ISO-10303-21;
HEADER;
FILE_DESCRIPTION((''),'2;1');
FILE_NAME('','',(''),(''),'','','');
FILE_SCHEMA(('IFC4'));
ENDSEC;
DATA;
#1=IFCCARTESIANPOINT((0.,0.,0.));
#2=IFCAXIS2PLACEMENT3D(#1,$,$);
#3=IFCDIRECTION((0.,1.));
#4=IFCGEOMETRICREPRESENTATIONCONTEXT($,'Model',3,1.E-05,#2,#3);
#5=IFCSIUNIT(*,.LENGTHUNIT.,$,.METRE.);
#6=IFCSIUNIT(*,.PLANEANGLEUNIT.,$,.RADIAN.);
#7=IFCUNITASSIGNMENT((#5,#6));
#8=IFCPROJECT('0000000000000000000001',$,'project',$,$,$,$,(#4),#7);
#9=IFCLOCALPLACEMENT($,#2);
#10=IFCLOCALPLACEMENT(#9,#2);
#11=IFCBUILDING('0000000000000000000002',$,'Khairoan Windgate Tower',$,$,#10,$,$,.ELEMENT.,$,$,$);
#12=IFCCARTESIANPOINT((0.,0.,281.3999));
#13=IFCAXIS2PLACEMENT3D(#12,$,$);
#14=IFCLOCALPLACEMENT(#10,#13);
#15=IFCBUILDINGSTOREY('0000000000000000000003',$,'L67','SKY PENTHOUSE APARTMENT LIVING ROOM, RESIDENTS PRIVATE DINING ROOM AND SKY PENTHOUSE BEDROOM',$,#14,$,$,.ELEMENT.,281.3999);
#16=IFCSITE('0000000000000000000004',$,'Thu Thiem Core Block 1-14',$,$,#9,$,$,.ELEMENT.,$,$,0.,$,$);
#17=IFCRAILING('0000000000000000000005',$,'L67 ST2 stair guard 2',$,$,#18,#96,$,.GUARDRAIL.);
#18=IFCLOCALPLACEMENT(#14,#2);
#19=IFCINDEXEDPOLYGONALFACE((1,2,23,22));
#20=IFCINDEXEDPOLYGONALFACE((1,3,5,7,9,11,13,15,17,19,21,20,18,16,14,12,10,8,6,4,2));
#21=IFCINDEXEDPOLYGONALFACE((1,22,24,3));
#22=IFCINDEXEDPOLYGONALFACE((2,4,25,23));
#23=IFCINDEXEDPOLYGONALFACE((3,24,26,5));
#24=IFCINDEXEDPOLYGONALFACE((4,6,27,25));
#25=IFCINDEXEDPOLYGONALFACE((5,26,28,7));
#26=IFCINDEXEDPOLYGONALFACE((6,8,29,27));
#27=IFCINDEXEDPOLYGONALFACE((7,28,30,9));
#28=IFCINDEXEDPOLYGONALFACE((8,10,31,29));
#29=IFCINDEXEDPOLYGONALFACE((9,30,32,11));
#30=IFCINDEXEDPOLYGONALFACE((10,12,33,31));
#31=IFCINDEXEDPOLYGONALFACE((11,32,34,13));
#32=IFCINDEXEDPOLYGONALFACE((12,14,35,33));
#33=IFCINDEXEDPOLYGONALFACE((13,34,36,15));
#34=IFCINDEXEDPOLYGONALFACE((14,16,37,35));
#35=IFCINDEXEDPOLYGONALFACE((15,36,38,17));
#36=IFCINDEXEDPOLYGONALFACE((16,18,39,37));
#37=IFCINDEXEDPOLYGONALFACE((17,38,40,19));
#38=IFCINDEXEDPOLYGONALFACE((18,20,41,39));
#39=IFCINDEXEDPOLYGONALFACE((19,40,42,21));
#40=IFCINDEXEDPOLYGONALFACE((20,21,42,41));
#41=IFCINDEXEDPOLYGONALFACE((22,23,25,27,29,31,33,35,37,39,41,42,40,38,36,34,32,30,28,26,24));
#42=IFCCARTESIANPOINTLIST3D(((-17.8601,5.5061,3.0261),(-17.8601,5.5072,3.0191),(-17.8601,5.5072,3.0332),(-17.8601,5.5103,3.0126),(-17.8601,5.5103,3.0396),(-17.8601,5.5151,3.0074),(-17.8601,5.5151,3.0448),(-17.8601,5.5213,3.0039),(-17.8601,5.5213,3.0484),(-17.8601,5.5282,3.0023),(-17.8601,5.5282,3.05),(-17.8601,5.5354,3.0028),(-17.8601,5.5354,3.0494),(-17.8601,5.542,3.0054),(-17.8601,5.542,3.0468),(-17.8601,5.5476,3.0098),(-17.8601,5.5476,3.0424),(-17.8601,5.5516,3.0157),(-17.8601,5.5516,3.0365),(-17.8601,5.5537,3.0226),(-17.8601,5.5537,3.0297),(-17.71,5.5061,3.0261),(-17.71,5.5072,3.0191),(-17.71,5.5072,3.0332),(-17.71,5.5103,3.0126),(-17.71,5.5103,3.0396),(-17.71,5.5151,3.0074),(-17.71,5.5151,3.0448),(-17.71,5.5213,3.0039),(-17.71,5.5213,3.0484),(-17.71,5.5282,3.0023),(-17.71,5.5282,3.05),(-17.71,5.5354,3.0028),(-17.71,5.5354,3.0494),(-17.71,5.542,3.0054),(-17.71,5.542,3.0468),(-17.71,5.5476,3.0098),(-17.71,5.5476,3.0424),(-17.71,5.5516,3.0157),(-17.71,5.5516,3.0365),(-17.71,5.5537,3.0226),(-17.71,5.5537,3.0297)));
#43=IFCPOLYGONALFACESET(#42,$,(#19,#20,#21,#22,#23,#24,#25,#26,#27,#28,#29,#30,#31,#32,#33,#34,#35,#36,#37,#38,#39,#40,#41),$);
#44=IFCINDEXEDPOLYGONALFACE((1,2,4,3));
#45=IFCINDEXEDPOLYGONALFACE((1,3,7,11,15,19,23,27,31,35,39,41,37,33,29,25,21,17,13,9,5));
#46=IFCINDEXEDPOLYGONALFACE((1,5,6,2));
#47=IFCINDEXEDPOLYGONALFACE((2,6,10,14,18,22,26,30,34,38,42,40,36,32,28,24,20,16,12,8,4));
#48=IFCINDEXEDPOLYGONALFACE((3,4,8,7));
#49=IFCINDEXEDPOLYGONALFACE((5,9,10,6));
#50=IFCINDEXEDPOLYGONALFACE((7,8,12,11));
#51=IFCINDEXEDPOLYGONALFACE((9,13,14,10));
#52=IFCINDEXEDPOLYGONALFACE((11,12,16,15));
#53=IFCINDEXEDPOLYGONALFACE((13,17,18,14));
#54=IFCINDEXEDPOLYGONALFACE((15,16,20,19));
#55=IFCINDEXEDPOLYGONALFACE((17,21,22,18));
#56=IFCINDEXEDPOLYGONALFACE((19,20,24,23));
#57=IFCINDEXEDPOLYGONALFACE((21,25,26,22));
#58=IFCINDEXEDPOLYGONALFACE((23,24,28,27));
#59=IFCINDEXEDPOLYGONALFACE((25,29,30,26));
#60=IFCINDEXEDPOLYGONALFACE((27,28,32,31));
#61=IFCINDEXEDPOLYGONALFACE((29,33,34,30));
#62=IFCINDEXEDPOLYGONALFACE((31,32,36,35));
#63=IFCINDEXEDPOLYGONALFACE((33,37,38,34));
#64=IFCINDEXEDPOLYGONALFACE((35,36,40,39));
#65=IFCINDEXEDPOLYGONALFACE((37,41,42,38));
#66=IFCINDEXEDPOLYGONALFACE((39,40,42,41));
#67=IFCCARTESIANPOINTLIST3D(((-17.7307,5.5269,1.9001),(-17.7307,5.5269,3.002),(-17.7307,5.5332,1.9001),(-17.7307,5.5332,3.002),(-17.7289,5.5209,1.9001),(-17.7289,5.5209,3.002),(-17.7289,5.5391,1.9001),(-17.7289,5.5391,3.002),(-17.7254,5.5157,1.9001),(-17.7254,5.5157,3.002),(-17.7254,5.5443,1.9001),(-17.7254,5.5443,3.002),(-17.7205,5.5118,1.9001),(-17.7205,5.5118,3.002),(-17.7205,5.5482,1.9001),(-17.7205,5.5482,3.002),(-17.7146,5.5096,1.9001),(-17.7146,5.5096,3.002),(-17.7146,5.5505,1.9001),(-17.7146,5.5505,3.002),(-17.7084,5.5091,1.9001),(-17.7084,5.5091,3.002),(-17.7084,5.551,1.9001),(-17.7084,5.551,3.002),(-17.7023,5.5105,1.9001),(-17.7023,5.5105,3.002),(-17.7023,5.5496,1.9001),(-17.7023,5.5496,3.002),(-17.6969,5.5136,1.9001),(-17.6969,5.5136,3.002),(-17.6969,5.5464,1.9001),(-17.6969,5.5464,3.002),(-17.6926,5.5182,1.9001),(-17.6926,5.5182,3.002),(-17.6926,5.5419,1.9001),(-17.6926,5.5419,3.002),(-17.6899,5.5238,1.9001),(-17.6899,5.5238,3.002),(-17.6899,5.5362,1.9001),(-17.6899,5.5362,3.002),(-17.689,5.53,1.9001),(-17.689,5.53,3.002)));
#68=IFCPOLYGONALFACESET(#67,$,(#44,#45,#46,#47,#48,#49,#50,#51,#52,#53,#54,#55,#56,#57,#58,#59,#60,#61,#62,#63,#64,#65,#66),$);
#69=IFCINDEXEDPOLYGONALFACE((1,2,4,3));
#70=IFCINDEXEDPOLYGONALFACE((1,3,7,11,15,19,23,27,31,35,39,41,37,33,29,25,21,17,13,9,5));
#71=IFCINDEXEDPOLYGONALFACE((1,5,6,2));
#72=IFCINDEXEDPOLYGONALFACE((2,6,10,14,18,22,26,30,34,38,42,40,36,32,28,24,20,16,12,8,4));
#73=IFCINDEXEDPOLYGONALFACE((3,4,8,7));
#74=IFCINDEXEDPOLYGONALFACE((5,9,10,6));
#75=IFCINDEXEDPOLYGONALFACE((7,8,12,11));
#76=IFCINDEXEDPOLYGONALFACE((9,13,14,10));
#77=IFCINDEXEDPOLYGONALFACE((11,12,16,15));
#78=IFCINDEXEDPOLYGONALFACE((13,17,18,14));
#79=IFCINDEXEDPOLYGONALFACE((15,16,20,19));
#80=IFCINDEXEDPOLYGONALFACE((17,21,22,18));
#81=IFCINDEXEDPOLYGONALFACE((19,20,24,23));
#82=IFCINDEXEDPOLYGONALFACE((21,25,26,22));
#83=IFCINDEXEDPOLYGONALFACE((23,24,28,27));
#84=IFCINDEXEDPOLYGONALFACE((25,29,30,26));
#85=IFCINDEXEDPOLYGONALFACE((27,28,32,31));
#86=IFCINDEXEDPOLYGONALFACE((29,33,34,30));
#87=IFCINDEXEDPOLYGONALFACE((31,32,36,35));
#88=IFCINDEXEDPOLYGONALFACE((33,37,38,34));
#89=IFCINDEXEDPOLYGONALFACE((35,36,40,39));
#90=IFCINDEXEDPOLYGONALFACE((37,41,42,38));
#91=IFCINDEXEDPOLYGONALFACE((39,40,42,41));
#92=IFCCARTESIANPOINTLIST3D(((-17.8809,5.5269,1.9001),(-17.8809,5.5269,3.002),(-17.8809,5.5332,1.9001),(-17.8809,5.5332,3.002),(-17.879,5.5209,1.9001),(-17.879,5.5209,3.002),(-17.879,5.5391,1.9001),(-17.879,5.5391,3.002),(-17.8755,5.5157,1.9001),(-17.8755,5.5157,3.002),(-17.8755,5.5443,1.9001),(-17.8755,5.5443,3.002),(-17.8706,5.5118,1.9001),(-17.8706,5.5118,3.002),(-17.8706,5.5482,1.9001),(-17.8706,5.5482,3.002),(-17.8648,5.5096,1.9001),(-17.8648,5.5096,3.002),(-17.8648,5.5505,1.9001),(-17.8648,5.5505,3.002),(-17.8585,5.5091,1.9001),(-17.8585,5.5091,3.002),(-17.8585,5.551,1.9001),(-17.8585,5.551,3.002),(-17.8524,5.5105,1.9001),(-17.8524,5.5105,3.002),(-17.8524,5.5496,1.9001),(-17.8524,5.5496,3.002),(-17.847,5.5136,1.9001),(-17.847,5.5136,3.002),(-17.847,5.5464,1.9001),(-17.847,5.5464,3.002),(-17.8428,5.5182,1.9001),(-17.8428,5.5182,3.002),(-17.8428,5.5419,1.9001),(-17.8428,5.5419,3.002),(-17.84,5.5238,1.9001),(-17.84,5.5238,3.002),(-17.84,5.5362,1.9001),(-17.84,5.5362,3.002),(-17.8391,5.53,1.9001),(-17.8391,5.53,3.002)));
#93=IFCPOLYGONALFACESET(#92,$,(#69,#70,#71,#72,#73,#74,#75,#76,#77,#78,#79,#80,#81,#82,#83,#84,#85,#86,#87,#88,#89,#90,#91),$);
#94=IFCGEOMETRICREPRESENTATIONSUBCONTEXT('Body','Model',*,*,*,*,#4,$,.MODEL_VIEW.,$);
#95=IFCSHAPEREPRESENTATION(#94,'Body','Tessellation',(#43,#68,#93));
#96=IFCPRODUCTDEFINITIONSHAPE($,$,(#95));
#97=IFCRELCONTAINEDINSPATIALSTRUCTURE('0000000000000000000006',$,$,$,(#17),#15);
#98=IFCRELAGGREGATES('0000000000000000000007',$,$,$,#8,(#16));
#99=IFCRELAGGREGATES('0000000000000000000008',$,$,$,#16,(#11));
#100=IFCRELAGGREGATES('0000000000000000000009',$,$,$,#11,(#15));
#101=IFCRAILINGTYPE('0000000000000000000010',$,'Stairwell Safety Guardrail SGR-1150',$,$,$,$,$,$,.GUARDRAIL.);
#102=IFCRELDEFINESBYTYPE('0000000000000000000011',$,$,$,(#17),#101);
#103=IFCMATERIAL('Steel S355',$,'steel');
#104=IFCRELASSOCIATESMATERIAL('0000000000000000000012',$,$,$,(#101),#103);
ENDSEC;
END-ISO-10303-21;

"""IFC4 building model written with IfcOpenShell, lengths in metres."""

from ifc_helpers import new_model, si_unit, direction, frame, origin, origin_2d, place, context, subcontext, project, spatial, circle, extrude, material, type_object, element, save


model = new_model("IFC4")

# Units and contexts
model_context = context("Model", 3, precision=1e-05, world=origin(), true_north=direction((0.0, 1.0)))
body_context = subcontext(model_context, "Body", "Model", "MODEL_VIEW")
ifc_project = project(units=[si_unit("LENGTHUNIT", "METRE"), si_unit("PLANEANGLEUNIT", "RADIAN")], contexts=[model_context])

# Site, building, storey
site_placement = place(None, origin())
site = spatial("IfcSite", under=ifc_project, at=site_placement, Name="Thu Thiem Core Block 1-14", CompositionType="ELEMENT", RefElevation=0.0)
building_placement = place(site_placement, origin())
building = spatial("IfcBuilding", under=site, at=building_placement, Name="Khairoan Windgate Tower", CompositionType="ELEMENT")
storey_placement = place(building_placement, frame((0.0, 0.0, 281.3999)))
storey = spatial("IfcBuildingStorey", under=building, at=storey_placement, Name="L67", Description="SKY PENTHOUSE APARTMENT LIVING ROOM, RESIDENTS PRIVATE DINING ROOM AND SKY PENTHOUSE BEDROOM", CompositionType="ELEMENT", Elevation=281.3999)

# Railing
ifc_material_1 = material(Name="Steel S355", Category="steel")
railing_type_1 = type_object("IfcRailingType", Name="Stairwell Safety Guardrail SGR-1150", PredefinedType="GUARDRAIL", material=ifc_material_1)
railing_1_placement = place(storey_placement, frame((-17.71, 5.53, 1.9001)))
element("IfcRailing", 1, at=railing_1_placement, inside=storey, type_object=railing_type_1, Name="L67 ST2 stair guard 2", PredefinedType="GUARDRAIL", context=body_context, shape_type="SweptSolid", body=[
    extrude(circle(Radius=0.0239, at=origin_2d()), frame((0.0, 0.0, 1.126), z_axis=(-1.0, 0.0, 0.0), x_axis=(0.0, -1.0, 0.0)), (0.0, 0.0, 1.0), 0.1501),
    extrude(circle(Radius=0.021, at=origin_2d()), origin(), (0.0, 0.0, 1.0), 1.1018),
    extrude(circle(Radius=0.021, at=origin_2d()), frame((-0.1501, 0.0, 0.0)), (0.0, 0.0, 1.0), 1.1018),
])

save(model, "model.ifc")
